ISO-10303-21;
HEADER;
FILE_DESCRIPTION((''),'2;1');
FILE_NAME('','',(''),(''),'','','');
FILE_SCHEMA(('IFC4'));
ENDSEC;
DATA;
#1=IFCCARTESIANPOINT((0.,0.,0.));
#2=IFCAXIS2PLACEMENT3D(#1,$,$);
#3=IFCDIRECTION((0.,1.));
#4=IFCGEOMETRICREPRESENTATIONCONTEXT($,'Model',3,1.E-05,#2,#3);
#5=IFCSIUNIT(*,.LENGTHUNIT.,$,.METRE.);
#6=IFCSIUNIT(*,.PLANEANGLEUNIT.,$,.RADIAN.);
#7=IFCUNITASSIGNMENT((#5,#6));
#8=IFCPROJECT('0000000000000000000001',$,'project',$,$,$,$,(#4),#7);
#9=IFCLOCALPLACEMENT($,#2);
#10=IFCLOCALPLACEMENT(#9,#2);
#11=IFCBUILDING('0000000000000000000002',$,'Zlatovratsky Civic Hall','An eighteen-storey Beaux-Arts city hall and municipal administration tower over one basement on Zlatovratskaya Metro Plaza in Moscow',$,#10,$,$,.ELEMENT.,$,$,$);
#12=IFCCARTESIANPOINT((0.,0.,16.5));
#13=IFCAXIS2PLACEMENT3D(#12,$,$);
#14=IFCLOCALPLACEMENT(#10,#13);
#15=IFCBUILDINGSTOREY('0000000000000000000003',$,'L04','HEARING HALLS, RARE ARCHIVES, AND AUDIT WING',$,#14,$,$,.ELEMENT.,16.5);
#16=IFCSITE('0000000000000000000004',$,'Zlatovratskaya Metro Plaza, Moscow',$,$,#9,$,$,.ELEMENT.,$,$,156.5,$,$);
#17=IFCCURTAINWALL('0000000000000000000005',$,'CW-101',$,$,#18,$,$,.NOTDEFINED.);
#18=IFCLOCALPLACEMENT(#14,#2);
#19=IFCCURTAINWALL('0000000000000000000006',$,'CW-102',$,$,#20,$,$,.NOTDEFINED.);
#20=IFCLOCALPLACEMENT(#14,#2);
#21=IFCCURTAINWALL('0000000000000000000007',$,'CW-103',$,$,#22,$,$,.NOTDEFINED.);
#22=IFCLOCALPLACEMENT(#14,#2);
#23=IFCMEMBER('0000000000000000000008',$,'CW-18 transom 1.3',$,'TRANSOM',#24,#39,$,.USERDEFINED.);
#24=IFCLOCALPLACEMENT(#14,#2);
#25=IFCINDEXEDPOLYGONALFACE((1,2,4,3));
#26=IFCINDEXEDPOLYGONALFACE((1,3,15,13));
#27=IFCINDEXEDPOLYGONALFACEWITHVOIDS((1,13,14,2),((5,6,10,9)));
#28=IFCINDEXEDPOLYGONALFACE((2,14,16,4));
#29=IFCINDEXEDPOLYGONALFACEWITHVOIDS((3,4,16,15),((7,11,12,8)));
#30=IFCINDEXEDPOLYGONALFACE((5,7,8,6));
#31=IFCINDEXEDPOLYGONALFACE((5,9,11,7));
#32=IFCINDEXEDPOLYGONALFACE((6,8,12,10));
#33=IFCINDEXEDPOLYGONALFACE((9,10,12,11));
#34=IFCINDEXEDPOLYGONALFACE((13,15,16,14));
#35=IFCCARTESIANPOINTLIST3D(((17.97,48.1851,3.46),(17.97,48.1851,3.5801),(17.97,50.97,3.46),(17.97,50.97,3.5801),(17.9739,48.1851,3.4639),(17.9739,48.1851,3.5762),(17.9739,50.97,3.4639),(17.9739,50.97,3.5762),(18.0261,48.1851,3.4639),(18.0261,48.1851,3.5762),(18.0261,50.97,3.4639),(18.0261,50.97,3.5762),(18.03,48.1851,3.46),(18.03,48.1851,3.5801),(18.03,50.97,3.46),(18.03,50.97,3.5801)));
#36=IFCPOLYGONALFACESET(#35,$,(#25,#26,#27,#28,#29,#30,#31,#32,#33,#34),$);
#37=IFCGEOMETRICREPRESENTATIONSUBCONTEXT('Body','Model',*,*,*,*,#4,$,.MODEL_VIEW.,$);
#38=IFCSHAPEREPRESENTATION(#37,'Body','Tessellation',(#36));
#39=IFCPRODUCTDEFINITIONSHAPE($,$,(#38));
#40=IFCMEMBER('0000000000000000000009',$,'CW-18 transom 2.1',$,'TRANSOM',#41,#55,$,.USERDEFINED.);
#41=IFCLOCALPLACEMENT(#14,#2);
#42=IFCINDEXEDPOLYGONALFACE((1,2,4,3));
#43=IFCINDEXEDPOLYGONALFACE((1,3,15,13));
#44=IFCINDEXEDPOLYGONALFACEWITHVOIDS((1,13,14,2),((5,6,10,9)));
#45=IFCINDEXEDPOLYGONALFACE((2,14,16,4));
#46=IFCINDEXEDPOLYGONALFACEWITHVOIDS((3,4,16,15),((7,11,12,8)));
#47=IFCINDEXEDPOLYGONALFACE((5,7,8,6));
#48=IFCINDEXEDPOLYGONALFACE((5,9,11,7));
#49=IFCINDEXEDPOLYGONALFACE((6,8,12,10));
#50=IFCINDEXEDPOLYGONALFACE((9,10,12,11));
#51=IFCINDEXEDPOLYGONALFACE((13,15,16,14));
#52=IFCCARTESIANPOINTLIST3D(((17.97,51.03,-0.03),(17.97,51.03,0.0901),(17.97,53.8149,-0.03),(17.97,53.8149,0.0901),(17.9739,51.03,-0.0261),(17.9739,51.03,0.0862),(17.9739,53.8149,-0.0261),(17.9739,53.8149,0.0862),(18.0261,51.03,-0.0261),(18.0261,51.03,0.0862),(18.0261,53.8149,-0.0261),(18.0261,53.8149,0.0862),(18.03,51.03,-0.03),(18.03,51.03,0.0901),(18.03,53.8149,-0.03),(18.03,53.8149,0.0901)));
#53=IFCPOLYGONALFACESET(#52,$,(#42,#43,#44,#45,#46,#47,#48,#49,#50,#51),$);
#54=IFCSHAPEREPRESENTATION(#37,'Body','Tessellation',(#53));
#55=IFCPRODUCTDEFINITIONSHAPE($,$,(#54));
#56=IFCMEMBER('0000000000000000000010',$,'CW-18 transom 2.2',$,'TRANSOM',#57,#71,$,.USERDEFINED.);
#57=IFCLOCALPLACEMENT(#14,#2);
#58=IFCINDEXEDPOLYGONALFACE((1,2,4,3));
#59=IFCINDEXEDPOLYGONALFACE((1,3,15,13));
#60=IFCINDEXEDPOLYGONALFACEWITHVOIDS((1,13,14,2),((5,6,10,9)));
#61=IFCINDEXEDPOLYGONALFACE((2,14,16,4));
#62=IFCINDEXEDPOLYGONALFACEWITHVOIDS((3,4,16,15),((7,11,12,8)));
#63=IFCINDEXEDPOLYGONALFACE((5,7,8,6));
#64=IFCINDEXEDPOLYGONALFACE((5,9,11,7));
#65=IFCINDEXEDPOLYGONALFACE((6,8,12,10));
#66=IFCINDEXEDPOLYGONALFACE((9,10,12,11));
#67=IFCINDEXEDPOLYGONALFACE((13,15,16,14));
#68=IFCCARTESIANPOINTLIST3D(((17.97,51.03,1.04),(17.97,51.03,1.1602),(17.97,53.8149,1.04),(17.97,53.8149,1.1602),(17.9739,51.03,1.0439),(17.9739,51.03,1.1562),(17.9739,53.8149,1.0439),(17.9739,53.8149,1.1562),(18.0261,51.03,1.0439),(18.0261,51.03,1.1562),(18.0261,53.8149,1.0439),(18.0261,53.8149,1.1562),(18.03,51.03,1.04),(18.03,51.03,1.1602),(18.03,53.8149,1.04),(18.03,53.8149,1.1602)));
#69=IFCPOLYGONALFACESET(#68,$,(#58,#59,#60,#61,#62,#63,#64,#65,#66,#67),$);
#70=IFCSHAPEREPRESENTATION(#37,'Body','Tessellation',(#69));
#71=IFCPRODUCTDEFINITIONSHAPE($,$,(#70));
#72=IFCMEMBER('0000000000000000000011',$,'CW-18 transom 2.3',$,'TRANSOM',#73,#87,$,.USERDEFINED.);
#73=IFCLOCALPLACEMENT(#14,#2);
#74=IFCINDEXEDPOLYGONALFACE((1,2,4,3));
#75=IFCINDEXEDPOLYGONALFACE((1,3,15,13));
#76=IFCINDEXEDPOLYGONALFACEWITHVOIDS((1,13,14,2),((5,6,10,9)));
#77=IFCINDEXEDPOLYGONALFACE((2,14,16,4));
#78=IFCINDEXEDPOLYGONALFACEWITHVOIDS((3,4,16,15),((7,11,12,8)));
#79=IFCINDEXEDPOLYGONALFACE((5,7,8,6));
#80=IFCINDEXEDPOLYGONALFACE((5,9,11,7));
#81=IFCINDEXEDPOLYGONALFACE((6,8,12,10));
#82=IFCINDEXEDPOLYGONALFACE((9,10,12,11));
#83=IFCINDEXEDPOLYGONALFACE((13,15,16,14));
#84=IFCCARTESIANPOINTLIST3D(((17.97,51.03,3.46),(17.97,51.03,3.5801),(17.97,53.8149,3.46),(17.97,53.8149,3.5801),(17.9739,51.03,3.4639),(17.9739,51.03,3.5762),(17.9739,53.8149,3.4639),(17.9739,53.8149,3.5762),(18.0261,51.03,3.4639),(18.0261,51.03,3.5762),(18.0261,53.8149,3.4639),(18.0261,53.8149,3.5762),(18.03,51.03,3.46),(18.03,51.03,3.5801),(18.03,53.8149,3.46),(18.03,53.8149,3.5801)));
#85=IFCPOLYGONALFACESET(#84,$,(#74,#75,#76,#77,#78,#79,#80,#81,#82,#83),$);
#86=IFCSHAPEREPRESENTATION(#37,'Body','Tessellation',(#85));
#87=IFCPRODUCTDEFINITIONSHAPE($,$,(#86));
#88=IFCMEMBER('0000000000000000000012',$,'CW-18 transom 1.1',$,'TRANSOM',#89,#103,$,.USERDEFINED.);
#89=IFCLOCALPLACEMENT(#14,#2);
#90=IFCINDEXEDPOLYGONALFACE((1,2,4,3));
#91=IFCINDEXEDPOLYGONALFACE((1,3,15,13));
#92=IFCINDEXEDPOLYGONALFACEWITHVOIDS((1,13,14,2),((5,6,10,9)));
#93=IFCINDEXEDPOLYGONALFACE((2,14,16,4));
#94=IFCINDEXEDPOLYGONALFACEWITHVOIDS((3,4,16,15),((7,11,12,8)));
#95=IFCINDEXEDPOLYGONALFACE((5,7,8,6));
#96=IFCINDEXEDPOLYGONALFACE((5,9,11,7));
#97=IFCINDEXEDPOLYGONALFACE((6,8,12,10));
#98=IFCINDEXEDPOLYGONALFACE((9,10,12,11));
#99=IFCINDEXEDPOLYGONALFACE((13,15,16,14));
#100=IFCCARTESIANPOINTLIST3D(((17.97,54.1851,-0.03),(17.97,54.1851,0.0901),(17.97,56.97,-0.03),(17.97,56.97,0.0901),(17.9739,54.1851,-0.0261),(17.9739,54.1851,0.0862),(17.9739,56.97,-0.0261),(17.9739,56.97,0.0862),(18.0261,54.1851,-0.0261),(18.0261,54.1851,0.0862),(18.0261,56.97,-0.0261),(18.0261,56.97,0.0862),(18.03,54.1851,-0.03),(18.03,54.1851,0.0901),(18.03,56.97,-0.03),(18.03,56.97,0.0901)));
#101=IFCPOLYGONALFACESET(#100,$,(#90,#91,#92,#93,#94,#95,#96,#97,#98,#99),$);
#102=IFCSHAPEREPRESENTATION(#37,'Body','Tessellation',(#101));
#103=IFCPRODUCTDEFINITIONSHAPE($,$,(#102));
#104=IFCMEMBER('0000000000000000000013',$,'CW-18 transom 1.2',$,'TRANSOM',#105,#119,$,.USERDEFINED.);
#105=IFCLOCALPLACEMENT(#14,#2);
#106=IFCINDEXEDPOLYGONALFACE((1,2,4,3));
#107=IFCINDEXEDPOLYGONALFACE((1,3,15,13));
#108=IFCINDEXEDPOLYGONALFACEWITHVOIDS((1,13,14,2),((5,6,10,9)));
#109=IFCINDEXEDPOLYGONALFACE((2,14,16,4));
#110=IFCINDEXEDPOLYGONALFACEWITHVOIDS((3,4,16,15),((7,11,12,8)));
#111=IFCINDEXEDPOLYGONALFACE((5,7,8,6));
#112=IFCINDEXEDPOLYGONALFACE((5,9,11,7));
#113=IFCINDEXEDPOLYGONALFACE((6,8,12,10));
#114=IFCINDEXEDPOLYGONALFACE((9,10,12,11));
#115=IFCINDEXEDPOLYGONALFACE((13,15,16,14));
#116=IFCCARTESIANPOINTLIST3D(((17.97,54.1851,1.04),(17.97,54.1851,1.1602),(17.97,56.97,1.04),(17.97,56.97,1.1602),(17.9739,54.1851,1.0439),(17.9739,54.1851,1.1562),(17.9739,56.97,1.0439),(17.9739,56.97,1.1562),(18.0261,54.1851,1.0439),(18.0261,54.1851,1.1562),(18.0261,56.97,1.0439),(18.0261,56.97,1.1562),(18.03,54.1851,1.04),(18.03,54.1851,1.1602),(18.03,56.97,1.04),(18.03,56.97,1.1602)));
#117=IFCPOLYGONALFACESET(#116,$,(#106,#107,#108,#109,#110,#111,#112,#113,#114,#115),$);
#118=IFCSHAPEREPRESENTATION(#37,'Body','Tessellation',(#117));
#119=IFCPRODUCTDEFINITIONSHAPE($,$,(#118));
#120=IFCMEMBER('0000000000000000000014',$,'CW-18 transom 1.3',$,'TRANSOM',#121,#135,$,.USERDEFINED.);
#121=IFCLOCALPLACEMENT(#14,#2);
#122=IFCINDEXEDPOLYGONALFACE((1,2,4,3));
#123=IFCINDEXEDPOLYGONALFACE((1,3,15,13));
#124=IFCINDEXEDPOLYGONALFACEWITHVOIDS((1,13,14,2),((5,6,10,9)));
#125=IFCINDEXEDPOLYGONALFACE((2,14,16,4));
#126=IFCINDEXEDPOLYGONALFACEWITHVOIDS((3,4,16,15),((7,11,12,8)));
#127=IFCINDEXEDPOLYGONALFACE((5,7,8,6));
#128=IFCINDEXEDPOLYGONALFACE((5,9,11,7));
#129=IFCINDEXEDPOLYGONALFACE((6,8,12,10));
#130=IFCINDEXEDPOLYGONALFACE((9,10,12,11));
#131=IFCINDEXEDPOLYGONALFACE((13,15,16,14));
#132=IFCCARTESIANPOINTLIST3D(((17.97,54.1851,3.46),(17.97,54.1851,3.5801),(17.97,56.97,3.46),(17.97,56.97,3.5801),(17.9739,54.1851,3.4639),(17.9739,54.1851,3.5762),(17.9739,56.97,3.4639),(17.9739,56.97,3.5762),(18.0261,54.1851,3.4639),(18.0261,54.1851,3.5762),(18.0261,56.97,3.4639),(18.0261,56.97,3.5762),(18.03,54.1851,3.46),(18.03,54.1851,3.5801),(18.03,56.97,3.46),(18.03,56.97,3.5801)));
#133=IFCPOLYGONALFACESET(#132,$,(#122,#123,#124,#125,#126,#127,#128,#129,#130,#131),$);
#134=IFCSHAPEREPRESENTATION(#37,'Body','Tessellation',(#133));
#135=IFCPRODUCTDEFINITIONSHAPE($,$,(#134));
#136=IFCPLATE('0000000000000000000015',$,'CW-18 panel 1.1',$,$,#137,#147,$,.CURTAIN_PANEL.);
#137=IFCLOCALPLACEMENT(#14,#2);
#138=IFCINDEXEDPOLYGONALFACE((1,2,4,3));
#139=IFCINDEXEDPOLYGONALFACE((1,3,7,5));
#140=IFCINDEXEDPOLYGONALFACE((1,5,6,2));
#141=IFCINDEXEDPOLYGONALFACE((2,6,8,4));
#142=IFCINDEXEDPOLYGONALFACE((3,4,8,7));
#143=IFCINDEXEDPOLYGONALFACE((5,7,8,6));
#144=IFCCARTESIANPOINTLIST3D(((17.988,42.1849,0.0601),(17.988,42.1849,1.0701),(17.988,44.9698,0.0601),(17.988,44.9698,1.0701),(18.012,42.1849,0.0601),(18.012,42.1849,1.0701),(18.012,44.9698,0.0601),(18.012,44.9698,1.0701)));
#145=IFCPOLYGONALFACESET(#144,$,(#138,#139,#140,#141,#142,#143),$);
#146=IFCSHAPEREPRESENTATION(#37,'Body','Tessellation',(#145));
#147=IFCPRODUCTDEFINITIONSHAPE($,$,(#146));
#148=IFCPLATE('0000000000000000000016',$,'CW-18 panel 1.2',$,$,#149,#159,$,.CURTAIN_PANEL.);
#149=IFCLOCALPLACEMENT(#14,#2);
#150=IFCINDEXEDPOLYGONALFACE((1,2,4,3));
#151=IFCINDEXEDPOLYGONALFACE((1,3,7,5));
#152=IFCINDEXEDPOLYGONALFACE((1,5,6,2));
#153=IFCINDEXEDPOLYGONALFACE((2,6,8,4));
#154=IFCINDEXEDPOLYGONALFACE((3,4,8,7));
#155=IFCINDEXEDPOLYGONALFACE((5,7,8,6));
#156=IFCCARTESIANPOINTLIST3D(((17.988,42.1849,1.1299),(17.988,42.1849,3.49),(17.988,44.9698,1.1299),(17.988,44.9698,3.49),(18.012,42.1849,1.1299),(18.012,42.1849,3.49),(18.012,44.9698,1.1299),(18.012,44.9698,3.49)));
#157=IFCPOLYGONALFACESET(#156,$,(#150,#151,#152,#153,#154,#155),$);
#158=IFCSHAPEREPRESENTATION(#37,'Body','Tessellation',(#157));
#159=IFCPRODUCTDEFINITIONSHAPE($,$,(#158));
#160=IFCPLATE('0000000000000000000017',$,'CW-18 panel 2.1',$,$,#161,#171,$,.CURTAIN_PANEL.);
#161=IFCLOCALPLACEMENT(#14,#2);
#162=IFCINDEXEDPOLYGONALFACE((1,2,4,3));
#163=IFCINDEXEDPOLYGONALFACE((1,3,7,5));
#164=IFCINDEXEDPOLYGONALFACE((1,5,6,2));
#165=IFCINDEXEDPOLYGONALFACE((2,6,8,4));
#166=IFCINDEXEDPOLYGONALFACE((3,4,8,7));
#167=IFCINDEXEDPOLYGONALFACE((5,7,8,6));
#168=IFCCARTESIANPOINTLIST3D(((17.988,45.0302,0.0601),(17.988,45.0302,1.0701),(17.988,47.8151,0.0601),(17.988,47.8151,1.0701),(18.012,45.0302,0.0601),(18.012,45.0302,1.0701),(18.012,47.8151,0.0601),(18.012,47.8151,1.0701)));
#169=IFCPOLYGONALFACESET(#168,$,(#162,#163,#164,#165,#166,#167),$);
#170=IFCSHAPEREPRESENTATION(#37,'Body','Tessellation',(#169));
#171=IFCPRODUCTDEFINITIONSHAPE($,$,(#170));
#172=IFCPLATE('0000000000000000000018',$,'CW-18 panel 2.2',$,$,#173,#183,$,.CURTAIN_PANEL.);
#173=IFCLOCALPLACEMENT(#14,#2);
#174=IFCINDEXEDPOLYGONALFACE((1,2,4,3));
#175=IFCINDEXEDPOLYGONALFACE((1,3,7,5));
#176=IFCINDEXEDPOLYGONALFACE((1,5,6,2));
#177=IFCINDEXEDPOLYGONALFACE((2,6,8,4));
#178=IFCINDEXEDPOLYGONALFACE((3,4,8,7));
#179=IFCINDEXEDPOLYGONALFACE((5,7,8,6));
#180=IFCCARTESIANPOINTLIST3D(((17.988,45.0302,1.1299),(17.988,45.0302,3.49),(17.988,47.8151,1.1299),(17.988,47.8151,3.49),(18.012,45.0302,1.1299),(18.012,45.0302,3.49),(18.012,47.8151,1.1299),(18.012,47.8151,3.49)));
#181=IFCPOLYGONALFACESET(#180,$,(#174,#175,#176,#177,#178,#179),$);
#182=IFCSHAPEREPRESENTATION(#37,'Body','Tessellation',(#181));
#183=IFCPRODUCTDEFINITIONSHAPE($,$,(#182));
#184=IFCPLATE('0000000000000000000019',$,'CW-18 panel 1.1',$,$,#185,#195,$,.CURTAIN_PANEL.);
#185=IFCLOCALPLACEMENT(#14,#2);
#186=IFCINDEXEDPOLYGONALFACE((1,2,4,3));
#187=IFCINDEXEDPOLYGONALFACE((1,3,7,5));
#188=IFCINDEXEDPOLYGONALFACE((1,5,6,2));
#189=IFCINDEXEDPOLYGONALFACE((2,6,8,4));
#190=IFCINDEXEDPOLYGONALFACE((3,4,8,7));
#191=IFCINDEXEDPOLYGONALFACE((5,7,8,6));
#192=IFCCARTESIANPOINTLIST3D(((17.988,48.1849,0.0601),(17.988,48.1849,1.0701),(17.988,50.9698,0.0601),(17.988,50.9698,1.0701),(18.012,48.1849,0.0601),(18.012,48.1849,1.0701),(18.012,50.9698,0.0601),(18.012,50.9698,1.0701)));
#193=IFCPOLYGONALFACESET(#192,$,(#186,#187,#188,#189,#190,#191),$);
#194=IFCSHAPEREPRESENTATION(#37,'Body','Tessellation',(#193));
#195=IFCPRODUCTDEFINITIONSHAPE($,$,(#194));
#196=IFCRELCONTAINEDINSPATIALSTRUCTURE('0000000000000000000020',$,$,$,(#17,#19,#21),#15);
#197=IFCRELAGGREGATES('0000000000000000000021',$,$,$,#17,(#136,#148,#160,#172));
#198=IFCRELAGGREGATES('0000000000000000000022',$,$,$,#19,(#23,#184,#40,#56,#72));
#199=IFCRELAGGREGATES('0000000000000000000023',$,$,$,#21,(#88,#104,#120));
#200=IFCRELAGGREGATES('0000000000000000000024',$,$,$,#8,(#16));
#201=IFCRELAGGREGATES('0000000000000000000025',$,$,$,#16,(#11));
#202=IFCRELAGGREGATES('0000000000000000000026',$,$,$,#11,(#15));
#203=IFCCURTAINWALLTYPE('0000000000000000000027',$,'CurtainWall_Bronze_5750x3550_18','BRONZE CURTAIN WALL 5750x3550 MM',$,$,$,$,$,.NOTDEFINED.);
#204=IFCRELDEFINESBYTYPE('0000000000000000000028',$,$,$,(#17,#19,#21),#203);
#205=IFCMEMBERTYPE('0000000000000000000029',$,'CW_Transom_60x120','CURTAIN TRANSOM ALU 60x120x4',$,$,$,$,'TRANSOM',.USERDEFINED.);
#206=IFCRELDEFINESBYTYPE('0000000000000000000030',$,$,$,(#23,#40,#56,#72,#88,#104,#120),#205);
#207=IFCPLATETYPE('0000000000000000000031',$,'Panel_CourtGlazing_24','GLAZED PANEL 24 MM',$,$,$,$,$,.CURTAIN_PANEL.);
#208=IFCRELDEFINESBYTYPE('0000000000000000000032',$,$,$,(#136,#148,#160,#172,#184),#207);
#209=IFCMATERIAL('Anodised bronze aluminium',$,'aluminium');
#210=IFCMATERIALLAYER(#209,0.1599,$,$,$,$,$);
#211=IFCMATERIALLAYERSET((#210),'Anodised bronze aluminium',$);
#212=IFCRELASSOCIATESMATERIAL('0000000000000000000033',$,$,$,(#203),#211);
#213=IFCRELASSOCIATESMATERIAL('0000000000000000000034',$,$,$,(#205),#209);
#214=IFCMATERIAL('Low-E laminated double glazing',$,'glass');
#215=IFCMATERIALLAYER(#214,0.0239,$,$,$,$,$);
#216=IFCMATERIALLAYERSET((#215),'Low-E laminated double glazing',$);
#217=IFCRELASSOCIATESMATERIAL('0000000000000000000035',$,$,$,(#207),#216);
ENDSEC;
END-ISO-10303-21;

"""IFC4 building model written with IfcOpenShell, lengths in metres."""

from ifc_helpers import new_model, si_unit, direction, frame, origin, origin_2d, place, context, subcontext, project, spatial, rectangle, hollow_rectangle, extrude, material, layer, layer_set, material_profile, profile_set, type_object, element, aggregate, save


model = new_model("IFC4")

# Units and contexts
model_context = context("Model", 3, precision=1e-05, world=origin(), true_north=direction((0.0, 1.0)))
body_context = subcontext(model_context, "Body", "Model", "MODEL_VIEW")
ifc_project = project(units=[si_unit("LENGTHUNIT", "METRE"), si_unit("PLANEANGLEUNIT", "RADIAN")], contexts=[model_context])

# Site, building, storey
site_placement = place(None, origin())
site = spatial("IfcSite", under=ifc_project, at=site_placement, Name="Zlatovratskaya Metro Plaza, Moscow", CompositionType="ELEMENT", RefElevation=156.5)
building_placement = place(site_placement, origin())
building = spatial("IfcBuilding", under=site, at=building_placement, Name="Zlatovratsky Civic Hall", Description="An eighteen-storey Beaux-Arts city hall and municipal administration tower over one basement on Zlatovratskaya Metro Plaza in Moscow", CompositionType="ELEMENT")
storey_placement = place(building_placement, frame((0.0, 0.0, 16.5)))
storey = spatial("IfcBuildingStorey", under=building, at=storey_placement, Name="L04", Description="HEARING HALLS, RARE ARCHIVES, AND AUDIT WING", CompositionType="ELEMENT", Elevation=16.5)

# Curtain walls
ifc_material_1 = material(Name="Anodised bronze aluminium", Category="aluminium")
ifc_layer_1 = layer(ifc_material_1, 0.1599)
ifc_layer_set_1 = layer_set([ifc_layer_1], Name="Anodised bronze aluminium")
curtain_wall_type = type_object("IfcCurtainWallType", Name="CurtainWall_Bronze_5750x3550_18", Description="BRONZE CURTAIN WALL 5750x3550 MM", PredefinedType="NOTDEFINED", material=ifc_layer_set_1)
curtain_wall_1_placement = place(storey_placement, origin())
curtain_wall_1 = element("IfcCurtainWall", 1, at=curtain_wall_1_placement, inside=storey, type_object=curtain_wall_type, Name="CW-101", PredefinedType="NOTDEFINED")
curtain_wall_2_placement = place(storey_placement, origin())
curtain_wall_2 = element("IfcCurtainWall", 2, at=curtain_wall_2_placement, inside=storey, type_object=curtain_wall_type, Name="CW-102", PredefinedType="NOTDEFINED")

# Curtain wall
curtain_wall_3_placement = place(storey_placement, origin())
curtain_wall_3 = element("IfcCurtainWall", 3, at=curtain_wall_3_placement, inside=storey, type_object=curtain_wall_type, Name="CW-103", PredefinedType="NOTDEFINED")

# Members
ifc_material_profile_1 = material_profile(ifc_material_1, hollow_rectangle(XDim=0.0601, YDim=0.1201, WallThickness=0.0039, at=origin_2d()), Name="ALU 60x120x4")
ifc_profile_set_1 = profile_set([ifc_material_profile_1], Name="Anodised bronze aluminium")
member_type_1 = type_object("IfcMemberType", Name="CW_Transom_60x120", Description="CURTAIN TRANSOM ALU 60x120x4", ElementType="TRANSOM", PredefinedType="USERDEFINED", material=ifc_profile_set_1)
member_1_placement = place(storey_placement, frame((18.0, 48.1851, 3.52), z_axis=(0.0, 1.0, 0.0), x_axis=(-1.0, 0.0, 0.0)))
member_1 = element("IfcMember", 4, at=member_1_placement, type_object=member_type_1, Name="CW-18 transom 1.3", ObjectType="TRANSOM", PredefinedType="USERDEFINED", context=body_context, shape_type="SweptSolid", body=[
    extrude(hollow_rectangle(XDim=0.0601, YDim=0.1201, WallThickness=0.0039, at=origin_2d()), origin(), (0.0, 0.0, 1.0), 2.7849),
])
member_2_placement = place(storey_placement, frame((18.0, 51.03, 0.03), z_axis=(0.0, 1.0, 0.0), x_axis=(-1.0, 0.0, 0.0)))
member_2 = element("IfcMember", 5, at=member_2_placement, type_object=member_type_1, Name="CW-18 transom 2.1", ObjectType="TRANSOM", PredefinedType="USERDEFINED", context=body_context, shape_type="SweptSolid", body=[
    extrude(hollow_rectangle(XDim=0.0601, YDim=0.1201, WallThickness=0.0039, at=origin_2d()), origin(), (0.0, 0.0, 1.0), 2.7849),
])
member_3_placement = place(storey_placement, frame((18.0, 51.03, 1.1001), z_axis=(0.0, 1.0, 0.0), x_axis=(-1.0, 0.0, 0.0)))
member_3 = element("IfcMember", 6, at=member_3_placement, type_object=member_type_1, Name="CW-18 transom 2.2", ObjectType="TRANSOM", PredefinedType="USERDEFINED", context=body_context, shape_type="SweptSolid", body=[
    extrude(hollow_rectangle(XDim=0.0601, YDim=0.1201, WallThickness=0.0039, at=origin_2d()), origin(), (0.0, 0.0, 1.0), 2.7849),
])
member_4_placement = place(storey_placement, frame((18.0, 51.03, 3.52), z_axis=(0.0, 1.0, 0.0), x_axis=(-1.0, 0.0, 0.0)))
member_4 = element("IfcMember", 7, at=member_4_placement, type_object=member_type_1, Name="CW-18 transom 2.3", ObjectType="TRANSOM", PredefinedType="USERDEFINED", context=body_context, shape_type="SweptSolid", body=[
    extrude(hollow_rectangle(XDim=0.0601, YDim=0.1201, WallThickness=0.0039, at=origin_2d()), origin(), (0.0, 0.0, 1.0), 2.7849),
])
member_5_placement = place(storey_placement, frame((18.0, 54.1851, 0.03), z_axis=(0.0, 1.0, 0.0), x_axis=(-1.0, 0.0, 0.0)))
member_5 = element("IfcMember", 8, at=member_5_placement, type_object=member_type_1, Name="CW-18 transom 1.1", ObjectType="TRANSOM", PredefinedType="USERDEFINED", context=body_context, shape_type="SweptSolid", body=[
    extrude(hollow_rectangle(XDim=0.0601, YDim=0.1201, WallThickness=0.0039, at=origin_2d()), origin(), (0.0, 0.0, 1.0), 2.7849),
])
member_6_placement = place(storey_placement, frame((18.0, 54.1851, 1.1001), z_axis=(0.0, 1.0, 0.0), x_axis=(-1.0, 0.0, 0.0)))
member_6 = element("IfcMember", 9, at=member_6_placement, type_object=member_type_1, Name="CW-18 transom 1.2", ObjectType="TRANSOM", PredefinedType="USERDEFINED", context=body_context, shape_type="SweptSolid", body=[
    extrude(hollow_rectangle(XDim=0.0601, YDim=0.1201, WallThickness=0.0039, at=origin_2d()), origin(), (0.0, 0.0, 1.0), 2.7849),
])
member_7_placement = place(storey_placement, frame((18.0, 54.1851, 3.52), z_axis=(0.0, 1.0, 0.0), x_axis=(-1.0, 0.0, 0.0)))
member_7 = element("IfcMember", 10, at=member_7_placement, type_object=member_type_1, Name="CW-18 transom 1.3", ObjectType="TRANSOM", PredefinedType="USERDEFINED", context=body_context, shape_type="SweptSolid", body=[
    extrude(hollow_rectangle(XDim=0.0601, YDim=0.1201, WallThickness=0.0039, at=origin_2d()), origin(), (0.0, 0.0, 1.0), 2.7849),
])

# Plates
ifc_material_2 = material(Name="Low-E laminated double glazing", Category="glass")
ifc_layer_2 = layer(ifc_material_2, 0.0239)
ifc_layer_set_2 = layer_set([ifc_layer_2], Name="Low-E laminated double glazing")
plate_type = type_object("IfcPlateType", Name="Panel_CourtGlazing_24", Description="GLAZED PANEL 24 MM", PredefinedType="CURTAIN_PANEL", material=ifc_layer_set_2)
plate_1_placement = place(storey_placement, frame((18.0, 43.5774, 0.0601), z_axis=(0.0, 0.0, 1.0), x_axis=(0.0, 1.0, 0.0)))
plate_1 = element("IfcPlate", 11, at=plate_1_placement, type_object=plate_type, Name="CW-18 panel 1.1", PredefinedType="CURTAIN_PANEL", context=body_context, shape_type="SweptSolid", body=[
    extrude(rectangle(XDim=2.7849, YDim=0.0239, at=origin_2d()), origin(), (0.0, 0.0, 1.0), 1.01),
])
plate_2_placement = place(storey_placement, frame((18.0, 43.5774, 1.1299), z_axis=(0.0, 0.0, 1.0), x_axis=(0.0, 1.0, 0.0)))
plate_2 = element("IfcPlate", 12, at=plate_2_placement, type_object=plate_type, Name="CW-18 panel 1.2", PredefinedType="CURTAIN_PANEL", context=body_context, shape_type="SweptSolid", body=[
    extrude(rectangle(XDim=2.7849, YDim=0.0239, at=origin_2d()), origin(), (0.0, 0.0, 1.0), 2.3601),
])
plate_3_placement = place(storey_placement, frame((18.0, 46.4226, 0.0601), z_axis=(0.0, 0.0, 1.0), x_axis=(0.0, 1.0, 0.0)))
plate_3 = element("IfcPlate", 13, at=plate_3_placement, type_object=plate_type, Name="CW-18 panel 2.1", PredefinedType="CURTAIN_PANEL", context=body_context, shape_type="SweptSolid", body=[
    extrude(rectangle(XDim=2.7849, YDim=0.0239, at=origin_2d()), origin(), (0.0, 0.0, 1.0), 1.01),
])
plate_4_placement = place(storey_placement, frame((18.0, 46.4226, 1.1299), z_axis=(0.0, 0.0, 1.0), x_axis=(0.0, 1.0, 0.0)))
plate_4 = element("IfcPlate", 14, at=plate_4_placement, type_object=plate_type, Name="CW-18 panel 2.2", PredefinedType="CURTAIN_PANEL", context=body_context, shape_type="SweptSolid", body=[
    extrude(rectangle(XDim=2.7849, YDim=0.0239, at=origin_2d()), origin(), (0.0, 0.0, 1.0), 2.3601),
])
aggregate(curtain_wall_1, [plate_1, plate_2, plate_3, plate_4])
plate_5_placement = place(storey_placement, frame((18.0, 49.5774, 0.0601), z_axis=(0.0, 0.0, 1.0), x_axis=(0.0, 1.0, 0.0)))
plate_5 = element("IfcPlate", 15, at=plate_5_placement, type_object=plate_type, Name="CW-18 panel 1.1", PredefinedType="CURTAIN_PANEL", context=body_context, shape_type="SweptSolid", body=[
    extrude(rectangle(XDim=2.7849, YDim=0.0239, at=origin_2d()), origin(), (0.0, 0.0, 1.0), 1.01),
])
aggregate(curtain_wall_2, [member_1, plate_5, member_2, member_3, member_4])
aggregate(curtain_wall_3, [member_5, member_6, member_7])

save(model, "model.ifc")
